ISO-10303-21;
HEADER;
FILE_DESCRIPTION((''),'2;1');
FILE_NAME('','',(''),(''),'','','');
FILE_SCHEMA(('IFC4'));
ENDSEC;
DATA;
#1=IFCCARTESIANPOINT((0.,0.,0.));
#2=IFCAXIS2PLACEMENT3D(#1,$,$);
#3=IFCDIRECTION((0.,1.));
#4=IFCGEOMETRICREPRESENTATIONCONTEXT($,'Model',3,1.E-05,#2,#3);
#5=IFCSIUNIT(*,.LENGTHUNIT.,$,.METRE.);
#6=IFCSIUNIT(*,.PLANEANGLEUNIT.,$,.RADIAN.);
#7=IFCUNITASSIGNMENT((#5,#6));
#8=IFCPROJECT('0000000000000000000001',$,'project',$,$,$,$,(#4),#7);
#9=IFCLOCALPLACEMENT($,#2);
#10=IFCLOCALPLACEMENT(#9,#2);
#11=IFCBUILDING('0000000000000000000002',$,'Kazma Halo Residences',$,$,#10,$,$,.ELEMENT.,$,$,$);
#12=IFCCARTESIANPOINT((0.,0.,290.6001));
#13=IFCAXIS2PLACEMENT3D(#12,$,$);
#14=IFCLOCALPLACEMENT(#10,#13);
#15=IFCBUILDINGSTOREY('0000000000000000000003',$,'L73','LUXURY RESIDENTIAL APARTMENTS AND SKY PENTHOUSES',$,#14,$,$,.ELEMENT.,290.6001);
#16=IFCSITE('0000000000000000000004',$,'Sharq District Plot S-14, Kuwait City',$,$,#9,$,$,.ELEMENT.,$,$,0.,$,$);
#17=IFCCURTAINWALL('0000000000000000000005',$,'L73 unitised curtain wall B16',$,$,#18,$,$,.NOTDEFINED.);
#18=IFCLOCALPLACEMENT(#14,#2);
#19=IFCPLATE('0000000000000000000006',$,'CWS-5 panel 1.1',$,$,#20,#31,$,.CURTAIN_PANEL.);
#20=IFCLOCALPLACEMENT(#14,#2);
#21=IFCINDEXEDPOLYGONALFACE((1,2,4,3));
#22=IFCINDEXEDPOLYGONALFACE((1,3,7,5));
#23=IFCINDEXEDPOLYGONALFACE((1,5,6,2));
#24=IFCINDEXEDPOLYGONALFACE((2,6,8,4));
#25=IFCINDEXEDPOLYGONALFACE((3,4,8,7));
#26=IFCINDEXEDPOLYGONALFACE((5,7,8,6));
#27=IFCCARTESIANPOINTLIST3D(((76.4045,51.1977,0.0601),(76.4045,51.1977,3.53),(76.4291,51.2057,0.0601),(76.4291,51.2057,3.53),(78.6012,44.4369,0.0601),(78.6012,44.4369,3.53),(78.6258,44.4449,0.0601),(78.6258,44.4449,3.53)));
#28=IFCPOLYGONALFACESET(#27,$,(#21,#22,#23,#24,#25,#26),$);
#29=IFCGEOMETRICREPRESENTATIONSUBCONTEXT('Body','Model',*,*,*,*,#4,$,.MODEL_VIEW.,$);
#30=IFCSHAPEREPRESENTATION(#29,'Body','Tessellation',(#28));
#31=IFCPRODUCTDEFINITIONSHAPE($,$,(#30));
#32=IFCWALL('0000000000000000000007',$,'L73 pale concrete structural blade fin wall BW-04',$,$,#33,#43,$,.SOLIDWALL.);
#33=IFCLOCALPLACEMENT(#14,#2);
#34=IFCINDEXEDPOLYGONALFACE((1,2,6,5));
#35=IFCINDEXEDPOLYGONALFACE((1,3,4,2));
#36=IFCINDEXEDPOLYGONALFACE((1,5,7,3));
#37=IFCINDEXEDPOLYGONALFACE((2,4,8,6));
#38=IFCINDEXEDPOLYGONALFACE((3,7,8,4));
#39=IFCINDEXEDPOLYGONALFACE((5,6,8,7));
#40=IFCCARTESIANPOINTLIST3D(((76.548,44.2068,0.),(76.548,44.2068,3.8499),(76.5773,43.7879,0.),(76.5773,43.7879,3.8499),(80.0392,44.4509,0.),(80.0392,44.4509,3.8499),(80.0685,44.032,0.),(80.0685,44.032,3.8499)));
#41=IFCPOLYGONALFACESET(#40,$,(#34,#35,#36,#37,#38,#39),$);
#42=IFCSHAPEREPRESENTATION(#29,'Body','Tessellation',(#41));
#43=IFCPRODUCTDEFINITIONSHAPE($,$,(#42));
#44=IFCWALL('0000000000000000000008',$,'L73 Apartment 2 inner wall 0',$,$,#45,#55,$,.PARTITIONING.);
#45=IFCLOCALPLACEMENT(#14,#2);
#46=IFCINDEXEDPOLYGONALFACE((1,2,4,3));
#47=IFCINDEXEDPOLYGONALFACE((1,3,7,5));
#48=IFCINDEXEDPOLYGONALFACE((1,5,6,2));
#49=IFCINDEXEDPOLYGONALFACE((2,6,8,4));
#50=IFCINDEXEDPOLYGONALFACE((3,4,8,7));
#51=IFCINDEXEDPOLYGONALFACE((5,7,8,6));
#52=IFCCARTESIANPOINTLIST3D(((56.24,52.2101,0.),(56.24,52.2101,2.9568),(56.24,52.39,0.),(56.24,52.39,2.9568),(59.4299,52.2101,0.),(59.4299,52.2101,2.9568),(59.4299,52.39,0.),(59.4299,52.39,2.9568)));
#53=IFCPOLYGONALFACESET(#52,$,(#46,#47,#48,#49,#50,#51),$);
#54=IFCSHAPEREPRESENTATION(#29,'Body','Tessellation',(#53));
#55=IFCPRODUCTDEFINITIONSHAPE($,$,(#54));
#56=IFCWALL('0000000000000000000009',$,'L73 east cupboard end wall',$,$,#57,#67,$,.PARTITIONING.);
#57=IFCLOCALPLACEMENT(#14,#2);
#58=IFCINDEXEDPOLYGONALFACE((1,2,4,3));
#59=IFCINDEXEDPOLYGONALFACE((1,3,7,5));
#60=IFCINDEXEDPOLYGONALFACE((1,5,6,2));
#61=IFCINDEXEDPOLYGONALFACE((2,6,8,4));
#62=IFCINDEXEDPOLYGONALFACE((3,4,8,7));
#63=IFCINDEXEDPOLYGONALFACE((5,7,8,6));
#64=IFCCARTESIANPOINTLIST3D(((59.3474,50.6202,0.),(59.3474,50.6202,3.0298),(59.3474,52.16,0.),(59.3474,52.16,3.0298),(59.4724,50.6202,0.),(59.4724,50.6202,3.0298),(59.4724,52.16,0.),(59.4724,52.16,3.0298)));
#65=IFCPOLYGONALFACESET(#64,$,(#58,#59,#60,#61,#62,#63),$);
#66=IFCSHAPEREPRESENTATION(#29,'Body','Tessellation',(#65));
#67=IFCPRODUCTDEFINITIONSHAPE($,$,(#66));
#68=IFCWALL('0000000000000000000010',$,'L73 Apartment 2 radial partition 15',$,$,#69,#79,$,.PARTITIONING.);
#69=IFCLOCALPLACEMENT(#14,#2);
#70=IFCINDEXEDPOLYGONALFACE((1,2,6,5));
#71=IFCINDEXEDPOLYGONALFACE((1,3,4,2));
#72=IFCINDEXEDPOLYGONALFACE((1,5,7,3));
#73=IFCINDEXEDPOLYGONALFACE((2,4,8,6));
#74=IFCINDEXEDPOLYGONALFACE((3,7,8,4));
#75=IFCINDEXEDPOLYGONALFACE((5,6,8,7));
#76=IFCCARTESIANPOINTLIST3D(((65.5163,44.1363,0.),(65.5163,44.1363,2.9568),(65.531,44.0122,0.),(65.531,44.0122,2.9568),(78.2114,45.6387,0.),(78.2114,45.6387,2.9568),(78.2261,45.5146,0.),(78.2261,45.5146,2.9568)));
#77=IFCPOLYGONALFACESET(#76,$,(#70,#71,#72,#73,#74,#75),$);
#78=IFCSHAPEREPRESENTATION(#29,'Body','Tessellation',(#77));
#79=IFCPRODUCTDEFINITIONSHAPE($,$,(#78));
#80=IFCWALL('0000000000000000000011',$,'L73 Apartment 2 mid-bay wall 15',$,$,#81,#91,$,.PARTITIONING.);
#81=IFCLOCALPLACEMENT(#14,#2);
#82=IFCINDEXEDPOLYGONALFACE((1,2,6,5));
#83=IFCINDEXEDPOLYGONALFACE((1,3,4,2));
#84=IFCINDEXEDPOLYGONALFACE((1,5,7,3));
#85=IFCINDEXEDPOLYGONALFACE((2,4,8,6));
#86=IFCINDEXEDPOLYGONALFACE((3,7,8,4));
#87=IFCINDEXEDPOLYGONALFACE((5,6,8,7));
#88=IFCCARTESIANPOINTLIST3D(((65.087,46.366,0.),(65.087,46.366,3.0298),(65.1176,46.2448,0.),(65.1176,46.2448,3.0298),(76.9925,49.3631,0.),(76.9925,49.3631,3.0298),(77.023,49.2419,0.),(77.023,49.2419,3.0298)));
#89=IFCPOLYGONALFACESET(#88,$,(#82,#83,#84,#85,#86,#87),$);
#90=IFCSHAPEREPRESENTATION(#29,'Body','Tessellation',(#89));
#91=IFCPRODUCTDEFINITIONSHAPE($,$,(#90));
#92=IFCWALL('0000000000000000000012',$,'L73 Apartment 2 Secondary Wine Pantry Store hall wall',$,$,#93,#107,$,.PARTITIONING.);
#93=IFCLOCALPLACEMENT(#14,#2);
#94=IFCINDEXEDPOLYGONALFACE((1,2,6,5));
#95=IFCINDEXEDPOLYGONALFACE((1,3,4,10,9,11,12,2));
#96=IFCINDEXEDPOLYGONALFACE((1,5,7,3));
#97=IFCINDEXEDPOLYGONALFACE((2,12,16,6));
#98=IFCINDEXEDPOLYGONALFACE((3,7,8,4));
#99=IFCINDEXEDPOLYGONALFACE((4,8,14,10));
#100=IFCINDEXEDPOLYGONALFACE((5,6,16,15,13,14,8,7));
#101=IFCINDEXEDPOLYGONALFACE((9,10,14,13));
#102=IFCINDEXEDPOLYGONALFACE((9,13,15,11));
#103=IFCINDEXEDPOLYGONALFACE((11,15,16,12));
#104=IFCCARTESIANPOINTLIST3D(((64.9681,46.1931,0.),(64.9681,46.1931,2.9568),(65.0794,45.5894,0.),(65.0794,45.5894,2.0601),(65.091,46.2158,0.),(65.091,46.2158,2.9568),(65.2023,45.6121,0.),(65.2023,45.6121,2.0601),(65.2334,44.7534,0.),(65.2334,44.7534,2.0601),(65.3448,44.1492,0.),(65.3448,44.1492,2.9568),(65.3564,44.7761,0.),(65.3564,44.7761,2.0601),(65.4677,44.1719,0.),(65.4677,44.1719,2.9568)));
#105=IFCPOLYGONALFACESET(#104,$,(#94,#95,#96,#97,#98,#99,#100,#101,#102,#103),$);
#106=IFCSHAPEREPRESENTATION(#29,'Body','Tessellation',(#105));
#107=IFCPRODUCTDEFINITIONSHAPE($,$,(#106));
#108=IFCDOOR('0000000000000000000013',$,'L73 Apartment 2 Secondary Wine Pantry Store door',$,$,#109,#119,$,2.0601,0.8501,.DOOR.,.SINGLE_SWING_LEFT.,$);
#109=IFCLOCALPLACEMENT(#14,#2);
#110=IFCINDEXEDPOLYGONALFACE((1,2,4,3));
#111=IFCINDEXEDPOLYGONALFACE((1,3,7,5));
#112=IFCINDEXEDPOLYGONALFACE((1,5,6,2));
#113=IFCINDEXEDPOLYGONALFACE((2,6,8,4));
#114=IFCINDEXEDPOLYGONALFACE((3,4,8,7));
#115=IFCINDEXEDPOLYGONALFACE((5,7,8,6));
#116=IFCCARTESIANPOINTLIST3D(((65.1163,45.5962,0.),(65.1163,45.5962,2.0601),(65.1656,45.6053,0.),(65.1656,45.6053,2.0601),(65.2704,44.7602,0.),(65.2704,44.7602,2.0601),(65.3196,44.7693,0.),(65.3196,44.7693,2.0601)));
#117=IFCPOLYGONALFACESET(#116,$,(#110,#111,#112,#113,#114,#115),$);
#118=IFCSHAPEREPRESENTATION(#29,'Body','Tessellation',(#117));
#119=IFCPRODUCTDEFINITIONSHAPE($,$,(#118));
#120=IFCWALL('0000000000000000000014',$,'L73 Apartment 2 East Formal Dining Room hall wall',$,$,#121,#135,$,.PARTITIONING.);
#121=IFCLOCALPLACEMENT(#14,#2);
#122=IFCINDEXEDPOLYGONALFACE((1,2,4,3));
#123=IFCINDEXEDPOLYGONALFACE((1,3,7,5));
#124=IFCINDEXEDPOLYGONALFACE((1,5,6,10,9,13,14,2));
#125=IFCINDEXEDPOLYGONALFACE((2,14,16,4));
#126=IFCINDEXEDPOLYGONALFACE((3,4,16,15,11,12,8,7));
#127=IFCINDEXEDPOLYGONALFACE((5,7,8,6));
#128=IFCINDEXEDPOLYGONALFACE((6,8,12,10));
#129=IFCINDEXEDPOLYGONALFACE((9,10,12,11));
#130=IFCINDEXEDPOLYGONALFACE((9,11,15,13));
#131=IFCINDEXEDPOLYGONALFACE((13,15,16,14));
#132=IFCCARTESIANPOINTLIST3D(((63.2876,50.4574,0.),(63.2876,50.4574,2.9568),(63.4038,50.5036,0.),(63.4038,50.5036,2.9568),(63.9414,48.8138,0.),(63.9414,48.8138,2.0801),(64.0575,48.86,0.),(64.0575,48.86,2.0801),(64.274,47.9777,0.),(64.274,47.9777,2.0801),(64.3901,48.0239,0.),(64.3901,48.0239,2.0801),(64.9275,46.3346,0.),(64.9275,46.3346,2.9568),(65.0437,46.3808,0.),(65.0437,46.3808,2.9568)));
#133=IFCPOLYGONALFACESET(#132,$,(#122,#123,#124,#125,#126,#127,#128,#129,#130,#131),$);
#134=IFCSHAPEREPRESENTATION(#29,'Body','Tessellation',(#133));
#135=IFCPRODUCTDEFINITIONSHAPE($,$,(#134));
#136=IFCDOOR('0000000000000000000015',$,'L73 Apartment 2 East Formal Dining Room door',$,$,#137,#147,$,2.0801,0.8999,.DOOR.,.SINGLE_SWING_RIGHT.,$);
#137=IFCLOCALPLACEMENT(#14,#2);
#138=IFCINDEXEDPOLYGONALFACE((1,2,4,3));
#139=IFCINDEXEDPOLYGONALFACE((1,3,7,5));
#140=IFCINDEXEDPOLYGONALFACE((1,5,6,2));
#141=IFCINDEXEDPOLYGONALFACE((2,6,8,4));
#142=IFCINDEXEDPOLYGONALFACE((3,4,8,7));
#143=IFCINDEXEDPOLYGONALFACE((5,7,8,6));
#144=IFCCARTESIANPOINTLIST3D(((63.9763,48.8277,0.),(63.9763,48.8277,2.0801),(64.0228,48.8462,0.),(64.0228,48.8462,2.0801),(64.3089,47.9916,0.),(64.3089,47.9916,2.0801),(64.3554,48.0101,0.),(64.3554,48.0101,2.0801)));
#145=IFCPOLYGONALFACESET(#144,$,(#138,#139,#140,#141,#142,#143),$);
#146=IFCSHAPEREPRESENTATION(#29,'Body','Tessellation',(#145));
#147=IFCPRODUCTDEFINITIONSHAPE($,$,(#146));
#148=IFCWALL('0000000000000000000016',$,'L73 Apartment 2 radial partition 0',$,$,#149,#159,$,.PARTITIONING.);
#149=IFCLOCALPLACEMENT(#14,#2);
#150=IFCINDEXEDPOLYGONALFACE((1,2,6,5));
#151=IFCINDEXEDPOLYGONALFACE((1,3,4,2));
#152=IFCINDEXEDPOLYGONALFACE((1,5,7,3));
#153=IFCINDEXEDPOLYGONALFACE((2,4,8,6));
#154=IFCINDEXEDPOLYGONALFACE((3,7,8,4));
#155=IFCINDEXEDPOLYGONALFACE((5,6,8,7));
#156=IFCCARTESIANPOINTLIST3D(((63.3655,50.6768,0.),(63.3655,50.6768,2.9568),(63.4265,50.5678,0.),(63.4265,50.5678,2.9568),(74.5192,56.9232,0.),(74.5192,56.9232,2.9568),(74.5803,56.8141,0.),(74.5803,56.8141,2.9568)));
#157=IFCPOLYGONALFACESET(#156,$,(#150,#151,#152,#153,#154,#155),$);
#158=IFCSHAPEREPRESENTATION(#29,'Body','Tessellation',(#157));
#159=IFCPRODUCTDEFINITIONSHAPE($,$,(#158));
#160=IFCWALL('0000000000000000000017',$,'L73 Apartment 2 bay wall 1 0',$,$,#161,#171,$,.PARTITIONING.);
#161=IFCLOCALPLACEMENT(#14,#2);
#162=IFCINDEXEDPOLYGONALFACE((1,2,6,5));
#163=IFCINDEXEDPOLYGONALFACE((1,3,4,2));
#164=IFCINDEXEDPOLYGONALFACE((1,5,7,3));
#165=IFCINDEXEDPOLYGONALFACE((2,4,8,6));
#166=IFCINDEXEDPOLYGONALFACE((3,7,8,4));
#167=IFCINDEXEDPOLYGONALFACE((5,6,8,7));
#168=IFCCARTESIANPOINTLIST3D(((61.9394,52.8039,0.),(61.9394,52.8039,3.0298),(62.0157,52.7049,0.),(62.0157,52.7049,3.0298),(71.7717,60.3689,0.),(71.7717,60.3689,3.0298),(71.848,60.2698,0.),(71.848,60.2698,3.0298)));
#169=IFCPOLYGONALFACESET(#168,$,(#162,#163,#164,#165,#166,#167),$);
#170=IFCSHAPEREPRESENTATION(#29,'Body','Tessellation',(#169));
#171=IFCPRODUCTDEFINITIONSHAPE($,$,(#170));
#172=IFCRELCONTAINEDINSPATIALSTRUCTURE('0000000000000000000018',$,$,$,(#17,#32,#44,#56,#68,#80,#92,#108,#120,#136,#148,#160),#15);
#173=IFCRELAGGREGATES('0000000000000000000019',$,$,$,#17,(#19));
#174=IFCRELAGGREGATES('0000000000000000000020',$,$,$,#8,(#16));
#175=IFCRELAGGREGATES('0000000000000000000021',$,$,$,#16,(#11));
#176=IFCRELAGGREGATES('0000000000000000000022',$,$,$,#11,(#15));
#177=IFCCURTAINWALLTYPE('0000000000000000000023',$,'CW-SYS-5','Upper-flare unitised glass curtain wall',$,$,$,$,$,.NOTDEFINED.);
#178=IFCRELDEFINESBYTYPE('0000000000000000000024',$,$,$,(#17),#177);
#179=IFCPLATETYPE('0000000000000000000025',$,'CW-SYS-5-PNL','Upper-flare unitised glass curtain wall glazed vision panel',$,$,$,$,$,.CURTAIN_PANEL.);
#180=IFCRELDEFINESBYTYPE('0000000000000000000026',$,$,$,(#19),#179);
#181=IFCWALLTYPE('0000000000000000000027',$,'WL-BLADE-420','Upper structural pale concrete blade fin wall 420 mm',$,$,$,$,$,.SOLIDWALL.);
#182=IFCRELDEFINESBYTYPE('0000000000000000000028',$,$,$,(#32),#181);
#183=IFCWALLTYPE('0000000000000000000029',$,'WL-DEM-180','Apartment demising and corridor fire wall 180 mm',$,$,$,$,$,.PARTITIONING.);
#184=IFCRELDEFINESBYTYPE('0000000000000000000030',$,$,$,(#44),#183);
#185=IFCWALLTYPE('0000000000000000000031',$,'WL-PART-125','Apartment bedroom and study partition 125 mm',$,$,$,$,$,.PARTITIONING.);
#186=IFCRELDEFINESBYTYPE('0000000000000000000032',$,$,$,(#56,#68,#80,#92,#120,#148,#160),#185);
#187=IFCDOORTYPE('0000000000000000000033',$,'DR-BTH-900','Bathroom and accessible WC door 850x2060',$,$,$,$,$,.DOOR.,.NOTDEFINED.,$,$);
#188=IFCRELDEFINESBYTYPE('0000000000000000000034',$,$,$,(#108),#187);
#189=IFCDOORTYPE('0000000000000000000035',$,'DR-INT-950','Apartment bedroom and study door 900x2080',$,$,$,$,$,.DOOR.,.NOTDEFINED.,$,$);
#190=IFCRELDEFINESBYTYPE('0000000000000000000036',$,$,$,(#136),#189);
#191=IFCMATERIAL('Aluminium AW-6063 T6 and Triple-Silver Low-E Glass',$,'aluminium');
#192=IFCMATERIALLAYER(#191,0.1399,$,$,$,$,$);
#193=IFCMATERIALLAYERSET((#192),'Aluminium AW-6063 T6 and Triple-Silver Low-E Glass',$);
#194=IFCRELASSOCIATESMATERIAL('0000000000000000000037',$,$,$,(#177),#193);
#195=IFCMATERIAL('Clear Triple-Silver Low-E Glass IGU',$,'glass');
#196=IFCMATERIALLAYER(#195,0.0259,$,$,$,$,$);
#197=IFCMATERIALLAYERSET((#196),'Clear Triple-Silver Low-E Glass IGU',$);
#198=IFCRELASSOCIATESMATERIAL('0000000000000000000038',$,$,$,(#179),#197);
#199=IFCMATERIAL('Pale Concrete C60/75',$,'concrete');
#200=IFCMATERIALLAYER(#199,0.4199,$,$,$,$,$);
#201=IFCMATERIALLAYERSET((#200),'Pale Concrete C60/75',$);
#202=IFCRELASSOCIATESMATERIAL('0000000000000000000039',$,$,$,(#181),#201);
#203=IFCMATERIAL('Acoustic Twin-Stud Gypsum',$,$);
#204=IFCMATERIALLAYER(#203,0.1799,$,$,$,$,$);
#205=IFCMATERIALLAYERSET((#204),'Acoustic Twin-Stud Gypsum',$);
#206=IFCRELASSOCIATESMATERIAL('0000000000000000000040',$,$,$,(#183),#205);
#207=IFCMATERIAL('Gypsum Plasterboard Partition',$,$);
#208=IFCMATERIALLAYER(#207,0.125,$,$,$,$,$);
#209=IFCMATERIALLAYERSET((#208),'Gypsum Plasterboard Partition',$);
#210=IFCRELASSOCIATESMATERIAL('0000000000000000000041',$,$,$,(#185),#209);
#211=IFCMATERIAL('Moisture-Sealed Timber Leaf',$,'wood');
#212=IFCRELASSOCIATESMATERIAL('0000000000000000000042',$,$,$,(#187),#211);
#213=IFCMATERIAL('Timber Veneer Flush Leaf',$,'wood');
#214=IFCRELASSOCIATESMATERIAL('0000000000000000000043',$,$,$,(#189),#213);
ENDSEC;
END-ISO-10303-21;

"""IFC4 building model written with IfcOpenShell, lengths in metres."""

from ifc_helpers import new_model, si_unit, direction, frame, frame_2d, origin, origin_2d, place, context, subcontext, project, spatial, rectangle, extrude, material, layer, layer_set, type_object, element, fill, aggregate, save


model = new_model("IFC4")

# Units and contexts
model_context = context("Model", 3, precision=1e-05, world=origin(), true_north=direction((0.0, 1.0)))
body_context = subcontext(model_context, "Body", "Model", "MODEL_VIEW")
ifc_project = project(units=[si_unit("LENGTHUNIT", "METRE"), si_unit("PLANEANGLEUNIT", "RADIAN")], contexts=[model_context])

# Site, building, storey
site_placement = place(None, origin())
site = spatial("IfcSite", under=ifc_project, at=site_placement, Name="Sharq District Plot S-14, Kuwait City", CompositionType="ELEMENT", RefElevation=0.0)
building_placement = place(site_placement, origin())
building = spatial("IfcBuilding", under=site, at=building_placement, Name="Kazma Halo Residences", CompositionType="ELEMENT")
storey_placement = place(building_placement, frame((0.0, 0.0, 290.6001)))
storey = spatial("IfcBuildingStorey", under=building, at=storey_placement, Name="L73", Description="LUXURY RESIDENTIAL APARTMENTS AND SKY PENTHOUSES", CompositionType="ELEMENT", Elevation=290.6001)

# Shared definitions
ifc_material_1 = material(Name="Aluminium AW-6063 T6 and Triple-Silver Low-E Glass", Category="aluminium")
ifc_layer_1 = layer(ifc_material_1, 0.1399)
ifc_layer_set_1 = layer_set([ifc_layer_1], Name="Aluminium AW-6063 T6 and Triple-Silver Low-E Glass")
curtain_wall_type = type_object("IfcCurtainWallType", Name="CW-SYS-5", Description="Upper-flare unitised glass curtain wall", PredefinedType="NOTDEFINED", material=ifc_layer_set_1)

# Curtain wall, plate
curtain_wall_1_placement = place(storey_placement, origin())
curtain_wall_1 = element("IfcCurtainWall", 1, at=curtain_wall_1_placement, inside=storey, type_object=curtain_wall_type, Name="L73 unitised curtain wall B16", PredefinedType="NOTDEFINED")
ifc_material_2 = material(Name="Clear Triple-Silver Low-E Glass IGU", Category="glass")
ifc_layer_2 = layer(ifc_material_2, 0.0259)
ifc_layer_set_2 = layer_set([ifc_layer_2], Name="Clear Triple-Silver Low-E Glass IGU")
plate_type = type_object("IfcPlateType", Name="CW-SYS-5-PNL", Description="Upper-flare unitised glass curtain wall glazed vision panel", PredefinedType="CURTAIN_PANEL", material=ifc_layer_set_2)
plate_placement = place(storey_placement, frame((77.5151, 47.8213, 0.0601), z_axis=(0.0, 0.0, 1.0), x_axis=(-0.309011, 0.951058, 0.0)))
plate = element("IfcPlate", 2, at=plate_placement, type_object=plate_type, Name="CWS-5 panel 1.1", PredefinedType="CURTAIN_PANEL", context=body_context, shape_type="SweptSolid", body=[
    extrude(rectangle(XDim=7.1086, YDim=0.0259, at=origin_2d()), origin(), (0.0, 0.0, 1.0), 3.47),
])
aggregate(curtain_wall_1, [plate])

# Walls
ifc_material_3 = material(Name="Pale Concrete C60/75", Category="concrete")
ifc_layer_3 = layer(ifc_material_3, 0.4199)
ifc_layer_set_3 = layer_set([ifc_layer_3], Name="Pale Concrete C60/75")
wall_type_1 = type_object("IfcWallType", Name="WL-BLADE-420", Description="Upper structural pale concrete blade fin wall 420 mm", PredefinedType="SOLIDWALL", material=ifc_layer_set_3)
wall_1_placement = place(storey_placement, frame((76.5625, 43.9973, 0.0), z_axis=(0.0, 0.0, 1.0), x_axis=(0.997564, 0.06976, 0.0)))
element("IfcWall", 3, at=wall_1_placement, inside=storey, type_object=wall_type_1, Name="L73 pale concrete structural blade fin wall BW-04", PredefinedType="SOLIDWALL", context=body_context, shape_type="SweptSolid", body=[
    extrude(rectangle(XDim=3.4998, YDim=0.4199, at=frame_2d((1.75, 0.0))), origin(), (0.0, 0.0, 1.0), 3.8499),
])
ifc_material_4 = material(Name="Acoustic Twin-Stud Gypsum")
ifc_layer_4 = layer(ifc_material_4, 0.1799)
ifc_layer_set_4 = layer_set([ifc_layer_4], Name="Acoustic Twin-Stud Gypsum")
wall_type_2 = type_object("IfcWallType", Name="WL-DEM-180", Description="Apartment demising and corridor fire wall 180 mm", PredefinedType="PARTITIONING", material=ifc_layer_set_4)
wall_2_placement = place(storey_placement, frame((59.4299, 52.3, 0.0), z_axis=(0.0, 0.0, 1.0), x_axis=(-1.0, 0.0, 0.0)))
element("IfcWall", 4, at=wall_2_placement, inside=storey, type_object=wall_type_2, Name="L73 Apartment 2 inner wall 0", PredefinedType="PARTITIONING", context=body_context, shape_type="SweptSolid", body=[
    extrude(rectangle(XDim=3.1899, YDim=0.1799, at=frame_2d((1.595, 0.0))), origin(), (0.0, 0.0, 1.0), 2.9568),
])
ifc_material_5 = material(Name="Gypsum Plasterboard Partition")
ifc_layer_5 = layer(ifc_material_5, 0.125)
ifc_layer_set_5 = layer_set([ifc_layer_5], Name="Gypsum Plasterboard Partition")
wall_type_3 = type_object("IfcWallType", Name="WL-PART-125", Description="Apartment bedroom and study partition 125 mm", PredefinedType="PARTITIONING", material=ifc_layer_set_5)
wall_3_placement = place(storey_placement, frame((59.4099, 50.6201, 0.0), z_axis=(0.0, 0.0, 1.0), x_axis=(0.0, 1.0, 0.0)))
element("IfcWall", 5, at=wall_3_placement, inside=storey, type_object=wall_type_3, Name="L73 east cupboard end wall", PredefinedType="PARTITIONING", context=body_context, shape_type="SweptSolid", body=[
    extrude(rectangle(XDim=1.5398, YDim=0.125, at=frame_2d((0.77, 0.0))), origin(), (0.0, 0.0, 1.0), 3.0298),
])
wall_4_placement = place(storey_placement, frame((65.5237, 44.0742, 0.0), z_axis=(0.0, 0.0, 1.0), x_axis=(0.99307, 0.117528, 0.0)))
element("IfcWall", 6, at=wall_4_placement, inside=storey, type_object=wall_type_3, Name="L73 Apartment 2 radial partition 15", PredefinedType="PARTITIONING", context=body_context, shape_type="SweptSolid", body=[
    extrude(rectangle(XDim=12.7837, YDim=0.125, at=frame_2d((6.3918, 0.0))), origin(), (0.0, 0.0, 1.0), 2.9568),
])
wall_5_placement = place(storey_placement, frame((65.1023, 46.3054, 0.0), z_axis=(0.0, 0.0, 1.0), x_axis=(0.969745, 0.244122, 0.0)))
element("IfcWall", 7, at=wall_5_placement, inside=storey, type_object=wall_type_3, Name="L73 Apartment 2 mid-bay wall 15", PredefinedType="PARTITIONING", context=body_context, shape_type="SweptSolid", body=[
    extrude(rectangle(XDim=12.2769, YDim=0.125, at=frame_2d((6.1384, 0.0))), origin(), (0.0, 0.0, 1.0), 3.0298),
])

# Walls, openings, doors
wall_6_placement = place(storey_placement, frame((65.4062, 44.1606, 0.0), z_axis=(0.0, 0.0, 1.0), x_axis=(-0.181252, 0.983437, 0.0)))
wall_6 = element("IfcWall", 8, at=wall_6_placement, inside=storey, type_object=wall_type_3, Name="L73 Apartment 2 Secondary Wine Pantry Store hall wall", PredefinedType="PARTITIONING", context=body_context, shape_type="SweptSolid", body=[
    extrude(rectangle(XDim=2.0784, YDim=0.125, at=frame_2d((1.0391, 0.0))), origin(), (0.0, 0.0, 1.0), 2.9568),
])
opening_1_placement = place(wall_6_placement, frame((0.6143, 0.0, 0.0)))
opening_1 = element("IfcOpeningElement", 9, at=opening_1_placement, cuts=wall_6, PredefinedType="OPENING", context=body_context, shape_type="SweptSolid", body=[
    extrude(rectangle(XDim=0.8501, YDim=2.0601, at=frame_2d((0.425, 1.03))), frame((0.0, 0.0725, 0.0), z_axis=(0.0, -1.0, 0.0), x_axis=(1.0, 0.0, 0.0)), (0.0, 0.0, 1.0), 0.145),
])
ifc_material_6 = material(Name="Moisture-Sealed Timber Leaf", Category="wood")
door_type_1 = type_object("IfcDoorType", Name="DR-BTH-900", Description="Bathroom and accessible WC door 850x2060", OperationType="NOTDEFINED", PredefinedType="DOOR", material=ifc_material_6)
door_1_placement = place(opening_1_placement, origin())
door_1 = element("IfcDoor", 10, at=door_1_placement, inside=storey, type_object=door_type_1, Name="L73 Apartment 2 Secondary Wine Pantry Store door", OperationType="SINGLE_SWING_LEFT", OverallHeight=2.0601, OverallWidth=0.8501, PredefinedType="DOOR", context=body_context, shape_type="SweptSolid", body=[
    extrude(rectangle(XDim=0.8501, YDim=2.0601, at=frame_2d((0.425, 1.03))), frame((0.0, 0.0249, 0.0), z_axis=(0.0, -1.0, 0.0), x_axis=(1.0, 0.0, 0.0)), (0.0, 0.0, 1.0), 0.05),
])
fill(opening_1, door_1)
wall_7_placement = place(storey_placement, frame((64.9856, 46.3577, 0.0), z_axis=(0.0, 0.0, 1.0), x_axis=(-0.369597, 0.929192, 0.0)))
wall_7 = element("IfcWall", 11, at=wall_7_placement, inside=storey, type_object=wall_type_3, Name="L73 Apartment 2 East Formal Dining Room hall wall", PredefinedType="PARTITIONING", context=body_context, shape_type="SweptSolid", body=[
    extrude(rectangle(XDim=4.437, YDim=0.125, at=frame_2d((2.2185, 0.0))), origin(), (0.0, 0.0, 1.0), 2.9568),
])
opening_2_placement = place(wall_7_placement, frame((1.7683, 0.0, 0.0)))
opening_2 = element("IfcOpeningElement", 12, at=opening_2_placement, cuts=wall_7, PredefinedType="OPENING", context=body_context, shape_type="SweptSolid", body=[
    extrude(rectangle(XDim=0.8999, YDim=2.0801, at=frame_2d((0.45, 1.04))), frame((0.0, 0.0725, 0.0), z_axis=(0.0, -1.0, 0.0), x_axis=(1.0, 0.0, 0.0)), (0.0, 0.0, 1.0), 0.145),
])
ifc_material_7 = material(Name="Timber Veneer Flush Leaf", Category="wood")
door_type_2 = type_object("IfcDoorType", Name="DR-INT-950", Description="Apartment bedroom and study door 900x2080", OperationType="NOTDEFINED", PredefinedType="DOOR", material=ifc_material_7)
door_2_placement = place(opening_2_placement, origin())
door_2 = element("IfcDoor", 13, at=door_2_placement, inside=storey, type_object=door_type_2, Name="L73 Apartment 2 East Formal Dining Room door", OperationType="SINGLE_SWING_RIGHT", OverallHeight=2.0801, OverallWidth=0.8999, PredefinedType="DOOR", context=body_context, shape_type="SweptSolid", body=[
    extrude(rectangle(XDim=0.8999, YDim=2.0801, at=frame_2d((0.45, 1.04))), frame((0.0, 0.0249, 0.0), z_axis=(0.0, -1.0, 0.0), x_axis=(1.0, 0.0, 0.0)), (0.0, 0.0, 1.0), 0.05),
])
fill(opening_2, door_2)

# Walls
wall_8_placement = place(storey_placement, frame((63.396, 50.6223, 0.0), z_axis=(0.0, 0.0, 1.0), x_axis=(0.872499, 0.488616, 0.0)))
element("IfcWall", 14, at=wall_8_placement, inside=storey, type_object=wall_type_3, Name="L73 Apartment 2 radial partition 0", PredefinedType="PARTITIONING", context=body_context, shape_type="SweptSolid", body=[
    extrude(rectangle(XDim=12.7837, YDim=0.125, at=frame_2d((6.3918, 0.0))), origin(), (0.0, 0.0, 1.0), 2.9568),
])
wall_9_placement = place(storey_placement, frame((61.9775, 52.7544, 0.0), z_axis=(0.0, 0.0, 1.0), x_axis=(0.79256, 0.609794, 0.0)))
element("IfcWall", 15, at=wall_9_placement, inside=storey, type_object=wall_type_3, Name="L73 Apartment 2 bay wall 1 0", PredefinedType="PARTITIONING", context=body_context, shape_type="SweptSolid", body=[
    extrude(rectangle(XDim=12.4058, YDim=0.125, at=frame_2d((6.2029, 0.0))), origin(), (0.0, 0.0, 1.0), 3.0298),
])

save(model, "model.ifc")
